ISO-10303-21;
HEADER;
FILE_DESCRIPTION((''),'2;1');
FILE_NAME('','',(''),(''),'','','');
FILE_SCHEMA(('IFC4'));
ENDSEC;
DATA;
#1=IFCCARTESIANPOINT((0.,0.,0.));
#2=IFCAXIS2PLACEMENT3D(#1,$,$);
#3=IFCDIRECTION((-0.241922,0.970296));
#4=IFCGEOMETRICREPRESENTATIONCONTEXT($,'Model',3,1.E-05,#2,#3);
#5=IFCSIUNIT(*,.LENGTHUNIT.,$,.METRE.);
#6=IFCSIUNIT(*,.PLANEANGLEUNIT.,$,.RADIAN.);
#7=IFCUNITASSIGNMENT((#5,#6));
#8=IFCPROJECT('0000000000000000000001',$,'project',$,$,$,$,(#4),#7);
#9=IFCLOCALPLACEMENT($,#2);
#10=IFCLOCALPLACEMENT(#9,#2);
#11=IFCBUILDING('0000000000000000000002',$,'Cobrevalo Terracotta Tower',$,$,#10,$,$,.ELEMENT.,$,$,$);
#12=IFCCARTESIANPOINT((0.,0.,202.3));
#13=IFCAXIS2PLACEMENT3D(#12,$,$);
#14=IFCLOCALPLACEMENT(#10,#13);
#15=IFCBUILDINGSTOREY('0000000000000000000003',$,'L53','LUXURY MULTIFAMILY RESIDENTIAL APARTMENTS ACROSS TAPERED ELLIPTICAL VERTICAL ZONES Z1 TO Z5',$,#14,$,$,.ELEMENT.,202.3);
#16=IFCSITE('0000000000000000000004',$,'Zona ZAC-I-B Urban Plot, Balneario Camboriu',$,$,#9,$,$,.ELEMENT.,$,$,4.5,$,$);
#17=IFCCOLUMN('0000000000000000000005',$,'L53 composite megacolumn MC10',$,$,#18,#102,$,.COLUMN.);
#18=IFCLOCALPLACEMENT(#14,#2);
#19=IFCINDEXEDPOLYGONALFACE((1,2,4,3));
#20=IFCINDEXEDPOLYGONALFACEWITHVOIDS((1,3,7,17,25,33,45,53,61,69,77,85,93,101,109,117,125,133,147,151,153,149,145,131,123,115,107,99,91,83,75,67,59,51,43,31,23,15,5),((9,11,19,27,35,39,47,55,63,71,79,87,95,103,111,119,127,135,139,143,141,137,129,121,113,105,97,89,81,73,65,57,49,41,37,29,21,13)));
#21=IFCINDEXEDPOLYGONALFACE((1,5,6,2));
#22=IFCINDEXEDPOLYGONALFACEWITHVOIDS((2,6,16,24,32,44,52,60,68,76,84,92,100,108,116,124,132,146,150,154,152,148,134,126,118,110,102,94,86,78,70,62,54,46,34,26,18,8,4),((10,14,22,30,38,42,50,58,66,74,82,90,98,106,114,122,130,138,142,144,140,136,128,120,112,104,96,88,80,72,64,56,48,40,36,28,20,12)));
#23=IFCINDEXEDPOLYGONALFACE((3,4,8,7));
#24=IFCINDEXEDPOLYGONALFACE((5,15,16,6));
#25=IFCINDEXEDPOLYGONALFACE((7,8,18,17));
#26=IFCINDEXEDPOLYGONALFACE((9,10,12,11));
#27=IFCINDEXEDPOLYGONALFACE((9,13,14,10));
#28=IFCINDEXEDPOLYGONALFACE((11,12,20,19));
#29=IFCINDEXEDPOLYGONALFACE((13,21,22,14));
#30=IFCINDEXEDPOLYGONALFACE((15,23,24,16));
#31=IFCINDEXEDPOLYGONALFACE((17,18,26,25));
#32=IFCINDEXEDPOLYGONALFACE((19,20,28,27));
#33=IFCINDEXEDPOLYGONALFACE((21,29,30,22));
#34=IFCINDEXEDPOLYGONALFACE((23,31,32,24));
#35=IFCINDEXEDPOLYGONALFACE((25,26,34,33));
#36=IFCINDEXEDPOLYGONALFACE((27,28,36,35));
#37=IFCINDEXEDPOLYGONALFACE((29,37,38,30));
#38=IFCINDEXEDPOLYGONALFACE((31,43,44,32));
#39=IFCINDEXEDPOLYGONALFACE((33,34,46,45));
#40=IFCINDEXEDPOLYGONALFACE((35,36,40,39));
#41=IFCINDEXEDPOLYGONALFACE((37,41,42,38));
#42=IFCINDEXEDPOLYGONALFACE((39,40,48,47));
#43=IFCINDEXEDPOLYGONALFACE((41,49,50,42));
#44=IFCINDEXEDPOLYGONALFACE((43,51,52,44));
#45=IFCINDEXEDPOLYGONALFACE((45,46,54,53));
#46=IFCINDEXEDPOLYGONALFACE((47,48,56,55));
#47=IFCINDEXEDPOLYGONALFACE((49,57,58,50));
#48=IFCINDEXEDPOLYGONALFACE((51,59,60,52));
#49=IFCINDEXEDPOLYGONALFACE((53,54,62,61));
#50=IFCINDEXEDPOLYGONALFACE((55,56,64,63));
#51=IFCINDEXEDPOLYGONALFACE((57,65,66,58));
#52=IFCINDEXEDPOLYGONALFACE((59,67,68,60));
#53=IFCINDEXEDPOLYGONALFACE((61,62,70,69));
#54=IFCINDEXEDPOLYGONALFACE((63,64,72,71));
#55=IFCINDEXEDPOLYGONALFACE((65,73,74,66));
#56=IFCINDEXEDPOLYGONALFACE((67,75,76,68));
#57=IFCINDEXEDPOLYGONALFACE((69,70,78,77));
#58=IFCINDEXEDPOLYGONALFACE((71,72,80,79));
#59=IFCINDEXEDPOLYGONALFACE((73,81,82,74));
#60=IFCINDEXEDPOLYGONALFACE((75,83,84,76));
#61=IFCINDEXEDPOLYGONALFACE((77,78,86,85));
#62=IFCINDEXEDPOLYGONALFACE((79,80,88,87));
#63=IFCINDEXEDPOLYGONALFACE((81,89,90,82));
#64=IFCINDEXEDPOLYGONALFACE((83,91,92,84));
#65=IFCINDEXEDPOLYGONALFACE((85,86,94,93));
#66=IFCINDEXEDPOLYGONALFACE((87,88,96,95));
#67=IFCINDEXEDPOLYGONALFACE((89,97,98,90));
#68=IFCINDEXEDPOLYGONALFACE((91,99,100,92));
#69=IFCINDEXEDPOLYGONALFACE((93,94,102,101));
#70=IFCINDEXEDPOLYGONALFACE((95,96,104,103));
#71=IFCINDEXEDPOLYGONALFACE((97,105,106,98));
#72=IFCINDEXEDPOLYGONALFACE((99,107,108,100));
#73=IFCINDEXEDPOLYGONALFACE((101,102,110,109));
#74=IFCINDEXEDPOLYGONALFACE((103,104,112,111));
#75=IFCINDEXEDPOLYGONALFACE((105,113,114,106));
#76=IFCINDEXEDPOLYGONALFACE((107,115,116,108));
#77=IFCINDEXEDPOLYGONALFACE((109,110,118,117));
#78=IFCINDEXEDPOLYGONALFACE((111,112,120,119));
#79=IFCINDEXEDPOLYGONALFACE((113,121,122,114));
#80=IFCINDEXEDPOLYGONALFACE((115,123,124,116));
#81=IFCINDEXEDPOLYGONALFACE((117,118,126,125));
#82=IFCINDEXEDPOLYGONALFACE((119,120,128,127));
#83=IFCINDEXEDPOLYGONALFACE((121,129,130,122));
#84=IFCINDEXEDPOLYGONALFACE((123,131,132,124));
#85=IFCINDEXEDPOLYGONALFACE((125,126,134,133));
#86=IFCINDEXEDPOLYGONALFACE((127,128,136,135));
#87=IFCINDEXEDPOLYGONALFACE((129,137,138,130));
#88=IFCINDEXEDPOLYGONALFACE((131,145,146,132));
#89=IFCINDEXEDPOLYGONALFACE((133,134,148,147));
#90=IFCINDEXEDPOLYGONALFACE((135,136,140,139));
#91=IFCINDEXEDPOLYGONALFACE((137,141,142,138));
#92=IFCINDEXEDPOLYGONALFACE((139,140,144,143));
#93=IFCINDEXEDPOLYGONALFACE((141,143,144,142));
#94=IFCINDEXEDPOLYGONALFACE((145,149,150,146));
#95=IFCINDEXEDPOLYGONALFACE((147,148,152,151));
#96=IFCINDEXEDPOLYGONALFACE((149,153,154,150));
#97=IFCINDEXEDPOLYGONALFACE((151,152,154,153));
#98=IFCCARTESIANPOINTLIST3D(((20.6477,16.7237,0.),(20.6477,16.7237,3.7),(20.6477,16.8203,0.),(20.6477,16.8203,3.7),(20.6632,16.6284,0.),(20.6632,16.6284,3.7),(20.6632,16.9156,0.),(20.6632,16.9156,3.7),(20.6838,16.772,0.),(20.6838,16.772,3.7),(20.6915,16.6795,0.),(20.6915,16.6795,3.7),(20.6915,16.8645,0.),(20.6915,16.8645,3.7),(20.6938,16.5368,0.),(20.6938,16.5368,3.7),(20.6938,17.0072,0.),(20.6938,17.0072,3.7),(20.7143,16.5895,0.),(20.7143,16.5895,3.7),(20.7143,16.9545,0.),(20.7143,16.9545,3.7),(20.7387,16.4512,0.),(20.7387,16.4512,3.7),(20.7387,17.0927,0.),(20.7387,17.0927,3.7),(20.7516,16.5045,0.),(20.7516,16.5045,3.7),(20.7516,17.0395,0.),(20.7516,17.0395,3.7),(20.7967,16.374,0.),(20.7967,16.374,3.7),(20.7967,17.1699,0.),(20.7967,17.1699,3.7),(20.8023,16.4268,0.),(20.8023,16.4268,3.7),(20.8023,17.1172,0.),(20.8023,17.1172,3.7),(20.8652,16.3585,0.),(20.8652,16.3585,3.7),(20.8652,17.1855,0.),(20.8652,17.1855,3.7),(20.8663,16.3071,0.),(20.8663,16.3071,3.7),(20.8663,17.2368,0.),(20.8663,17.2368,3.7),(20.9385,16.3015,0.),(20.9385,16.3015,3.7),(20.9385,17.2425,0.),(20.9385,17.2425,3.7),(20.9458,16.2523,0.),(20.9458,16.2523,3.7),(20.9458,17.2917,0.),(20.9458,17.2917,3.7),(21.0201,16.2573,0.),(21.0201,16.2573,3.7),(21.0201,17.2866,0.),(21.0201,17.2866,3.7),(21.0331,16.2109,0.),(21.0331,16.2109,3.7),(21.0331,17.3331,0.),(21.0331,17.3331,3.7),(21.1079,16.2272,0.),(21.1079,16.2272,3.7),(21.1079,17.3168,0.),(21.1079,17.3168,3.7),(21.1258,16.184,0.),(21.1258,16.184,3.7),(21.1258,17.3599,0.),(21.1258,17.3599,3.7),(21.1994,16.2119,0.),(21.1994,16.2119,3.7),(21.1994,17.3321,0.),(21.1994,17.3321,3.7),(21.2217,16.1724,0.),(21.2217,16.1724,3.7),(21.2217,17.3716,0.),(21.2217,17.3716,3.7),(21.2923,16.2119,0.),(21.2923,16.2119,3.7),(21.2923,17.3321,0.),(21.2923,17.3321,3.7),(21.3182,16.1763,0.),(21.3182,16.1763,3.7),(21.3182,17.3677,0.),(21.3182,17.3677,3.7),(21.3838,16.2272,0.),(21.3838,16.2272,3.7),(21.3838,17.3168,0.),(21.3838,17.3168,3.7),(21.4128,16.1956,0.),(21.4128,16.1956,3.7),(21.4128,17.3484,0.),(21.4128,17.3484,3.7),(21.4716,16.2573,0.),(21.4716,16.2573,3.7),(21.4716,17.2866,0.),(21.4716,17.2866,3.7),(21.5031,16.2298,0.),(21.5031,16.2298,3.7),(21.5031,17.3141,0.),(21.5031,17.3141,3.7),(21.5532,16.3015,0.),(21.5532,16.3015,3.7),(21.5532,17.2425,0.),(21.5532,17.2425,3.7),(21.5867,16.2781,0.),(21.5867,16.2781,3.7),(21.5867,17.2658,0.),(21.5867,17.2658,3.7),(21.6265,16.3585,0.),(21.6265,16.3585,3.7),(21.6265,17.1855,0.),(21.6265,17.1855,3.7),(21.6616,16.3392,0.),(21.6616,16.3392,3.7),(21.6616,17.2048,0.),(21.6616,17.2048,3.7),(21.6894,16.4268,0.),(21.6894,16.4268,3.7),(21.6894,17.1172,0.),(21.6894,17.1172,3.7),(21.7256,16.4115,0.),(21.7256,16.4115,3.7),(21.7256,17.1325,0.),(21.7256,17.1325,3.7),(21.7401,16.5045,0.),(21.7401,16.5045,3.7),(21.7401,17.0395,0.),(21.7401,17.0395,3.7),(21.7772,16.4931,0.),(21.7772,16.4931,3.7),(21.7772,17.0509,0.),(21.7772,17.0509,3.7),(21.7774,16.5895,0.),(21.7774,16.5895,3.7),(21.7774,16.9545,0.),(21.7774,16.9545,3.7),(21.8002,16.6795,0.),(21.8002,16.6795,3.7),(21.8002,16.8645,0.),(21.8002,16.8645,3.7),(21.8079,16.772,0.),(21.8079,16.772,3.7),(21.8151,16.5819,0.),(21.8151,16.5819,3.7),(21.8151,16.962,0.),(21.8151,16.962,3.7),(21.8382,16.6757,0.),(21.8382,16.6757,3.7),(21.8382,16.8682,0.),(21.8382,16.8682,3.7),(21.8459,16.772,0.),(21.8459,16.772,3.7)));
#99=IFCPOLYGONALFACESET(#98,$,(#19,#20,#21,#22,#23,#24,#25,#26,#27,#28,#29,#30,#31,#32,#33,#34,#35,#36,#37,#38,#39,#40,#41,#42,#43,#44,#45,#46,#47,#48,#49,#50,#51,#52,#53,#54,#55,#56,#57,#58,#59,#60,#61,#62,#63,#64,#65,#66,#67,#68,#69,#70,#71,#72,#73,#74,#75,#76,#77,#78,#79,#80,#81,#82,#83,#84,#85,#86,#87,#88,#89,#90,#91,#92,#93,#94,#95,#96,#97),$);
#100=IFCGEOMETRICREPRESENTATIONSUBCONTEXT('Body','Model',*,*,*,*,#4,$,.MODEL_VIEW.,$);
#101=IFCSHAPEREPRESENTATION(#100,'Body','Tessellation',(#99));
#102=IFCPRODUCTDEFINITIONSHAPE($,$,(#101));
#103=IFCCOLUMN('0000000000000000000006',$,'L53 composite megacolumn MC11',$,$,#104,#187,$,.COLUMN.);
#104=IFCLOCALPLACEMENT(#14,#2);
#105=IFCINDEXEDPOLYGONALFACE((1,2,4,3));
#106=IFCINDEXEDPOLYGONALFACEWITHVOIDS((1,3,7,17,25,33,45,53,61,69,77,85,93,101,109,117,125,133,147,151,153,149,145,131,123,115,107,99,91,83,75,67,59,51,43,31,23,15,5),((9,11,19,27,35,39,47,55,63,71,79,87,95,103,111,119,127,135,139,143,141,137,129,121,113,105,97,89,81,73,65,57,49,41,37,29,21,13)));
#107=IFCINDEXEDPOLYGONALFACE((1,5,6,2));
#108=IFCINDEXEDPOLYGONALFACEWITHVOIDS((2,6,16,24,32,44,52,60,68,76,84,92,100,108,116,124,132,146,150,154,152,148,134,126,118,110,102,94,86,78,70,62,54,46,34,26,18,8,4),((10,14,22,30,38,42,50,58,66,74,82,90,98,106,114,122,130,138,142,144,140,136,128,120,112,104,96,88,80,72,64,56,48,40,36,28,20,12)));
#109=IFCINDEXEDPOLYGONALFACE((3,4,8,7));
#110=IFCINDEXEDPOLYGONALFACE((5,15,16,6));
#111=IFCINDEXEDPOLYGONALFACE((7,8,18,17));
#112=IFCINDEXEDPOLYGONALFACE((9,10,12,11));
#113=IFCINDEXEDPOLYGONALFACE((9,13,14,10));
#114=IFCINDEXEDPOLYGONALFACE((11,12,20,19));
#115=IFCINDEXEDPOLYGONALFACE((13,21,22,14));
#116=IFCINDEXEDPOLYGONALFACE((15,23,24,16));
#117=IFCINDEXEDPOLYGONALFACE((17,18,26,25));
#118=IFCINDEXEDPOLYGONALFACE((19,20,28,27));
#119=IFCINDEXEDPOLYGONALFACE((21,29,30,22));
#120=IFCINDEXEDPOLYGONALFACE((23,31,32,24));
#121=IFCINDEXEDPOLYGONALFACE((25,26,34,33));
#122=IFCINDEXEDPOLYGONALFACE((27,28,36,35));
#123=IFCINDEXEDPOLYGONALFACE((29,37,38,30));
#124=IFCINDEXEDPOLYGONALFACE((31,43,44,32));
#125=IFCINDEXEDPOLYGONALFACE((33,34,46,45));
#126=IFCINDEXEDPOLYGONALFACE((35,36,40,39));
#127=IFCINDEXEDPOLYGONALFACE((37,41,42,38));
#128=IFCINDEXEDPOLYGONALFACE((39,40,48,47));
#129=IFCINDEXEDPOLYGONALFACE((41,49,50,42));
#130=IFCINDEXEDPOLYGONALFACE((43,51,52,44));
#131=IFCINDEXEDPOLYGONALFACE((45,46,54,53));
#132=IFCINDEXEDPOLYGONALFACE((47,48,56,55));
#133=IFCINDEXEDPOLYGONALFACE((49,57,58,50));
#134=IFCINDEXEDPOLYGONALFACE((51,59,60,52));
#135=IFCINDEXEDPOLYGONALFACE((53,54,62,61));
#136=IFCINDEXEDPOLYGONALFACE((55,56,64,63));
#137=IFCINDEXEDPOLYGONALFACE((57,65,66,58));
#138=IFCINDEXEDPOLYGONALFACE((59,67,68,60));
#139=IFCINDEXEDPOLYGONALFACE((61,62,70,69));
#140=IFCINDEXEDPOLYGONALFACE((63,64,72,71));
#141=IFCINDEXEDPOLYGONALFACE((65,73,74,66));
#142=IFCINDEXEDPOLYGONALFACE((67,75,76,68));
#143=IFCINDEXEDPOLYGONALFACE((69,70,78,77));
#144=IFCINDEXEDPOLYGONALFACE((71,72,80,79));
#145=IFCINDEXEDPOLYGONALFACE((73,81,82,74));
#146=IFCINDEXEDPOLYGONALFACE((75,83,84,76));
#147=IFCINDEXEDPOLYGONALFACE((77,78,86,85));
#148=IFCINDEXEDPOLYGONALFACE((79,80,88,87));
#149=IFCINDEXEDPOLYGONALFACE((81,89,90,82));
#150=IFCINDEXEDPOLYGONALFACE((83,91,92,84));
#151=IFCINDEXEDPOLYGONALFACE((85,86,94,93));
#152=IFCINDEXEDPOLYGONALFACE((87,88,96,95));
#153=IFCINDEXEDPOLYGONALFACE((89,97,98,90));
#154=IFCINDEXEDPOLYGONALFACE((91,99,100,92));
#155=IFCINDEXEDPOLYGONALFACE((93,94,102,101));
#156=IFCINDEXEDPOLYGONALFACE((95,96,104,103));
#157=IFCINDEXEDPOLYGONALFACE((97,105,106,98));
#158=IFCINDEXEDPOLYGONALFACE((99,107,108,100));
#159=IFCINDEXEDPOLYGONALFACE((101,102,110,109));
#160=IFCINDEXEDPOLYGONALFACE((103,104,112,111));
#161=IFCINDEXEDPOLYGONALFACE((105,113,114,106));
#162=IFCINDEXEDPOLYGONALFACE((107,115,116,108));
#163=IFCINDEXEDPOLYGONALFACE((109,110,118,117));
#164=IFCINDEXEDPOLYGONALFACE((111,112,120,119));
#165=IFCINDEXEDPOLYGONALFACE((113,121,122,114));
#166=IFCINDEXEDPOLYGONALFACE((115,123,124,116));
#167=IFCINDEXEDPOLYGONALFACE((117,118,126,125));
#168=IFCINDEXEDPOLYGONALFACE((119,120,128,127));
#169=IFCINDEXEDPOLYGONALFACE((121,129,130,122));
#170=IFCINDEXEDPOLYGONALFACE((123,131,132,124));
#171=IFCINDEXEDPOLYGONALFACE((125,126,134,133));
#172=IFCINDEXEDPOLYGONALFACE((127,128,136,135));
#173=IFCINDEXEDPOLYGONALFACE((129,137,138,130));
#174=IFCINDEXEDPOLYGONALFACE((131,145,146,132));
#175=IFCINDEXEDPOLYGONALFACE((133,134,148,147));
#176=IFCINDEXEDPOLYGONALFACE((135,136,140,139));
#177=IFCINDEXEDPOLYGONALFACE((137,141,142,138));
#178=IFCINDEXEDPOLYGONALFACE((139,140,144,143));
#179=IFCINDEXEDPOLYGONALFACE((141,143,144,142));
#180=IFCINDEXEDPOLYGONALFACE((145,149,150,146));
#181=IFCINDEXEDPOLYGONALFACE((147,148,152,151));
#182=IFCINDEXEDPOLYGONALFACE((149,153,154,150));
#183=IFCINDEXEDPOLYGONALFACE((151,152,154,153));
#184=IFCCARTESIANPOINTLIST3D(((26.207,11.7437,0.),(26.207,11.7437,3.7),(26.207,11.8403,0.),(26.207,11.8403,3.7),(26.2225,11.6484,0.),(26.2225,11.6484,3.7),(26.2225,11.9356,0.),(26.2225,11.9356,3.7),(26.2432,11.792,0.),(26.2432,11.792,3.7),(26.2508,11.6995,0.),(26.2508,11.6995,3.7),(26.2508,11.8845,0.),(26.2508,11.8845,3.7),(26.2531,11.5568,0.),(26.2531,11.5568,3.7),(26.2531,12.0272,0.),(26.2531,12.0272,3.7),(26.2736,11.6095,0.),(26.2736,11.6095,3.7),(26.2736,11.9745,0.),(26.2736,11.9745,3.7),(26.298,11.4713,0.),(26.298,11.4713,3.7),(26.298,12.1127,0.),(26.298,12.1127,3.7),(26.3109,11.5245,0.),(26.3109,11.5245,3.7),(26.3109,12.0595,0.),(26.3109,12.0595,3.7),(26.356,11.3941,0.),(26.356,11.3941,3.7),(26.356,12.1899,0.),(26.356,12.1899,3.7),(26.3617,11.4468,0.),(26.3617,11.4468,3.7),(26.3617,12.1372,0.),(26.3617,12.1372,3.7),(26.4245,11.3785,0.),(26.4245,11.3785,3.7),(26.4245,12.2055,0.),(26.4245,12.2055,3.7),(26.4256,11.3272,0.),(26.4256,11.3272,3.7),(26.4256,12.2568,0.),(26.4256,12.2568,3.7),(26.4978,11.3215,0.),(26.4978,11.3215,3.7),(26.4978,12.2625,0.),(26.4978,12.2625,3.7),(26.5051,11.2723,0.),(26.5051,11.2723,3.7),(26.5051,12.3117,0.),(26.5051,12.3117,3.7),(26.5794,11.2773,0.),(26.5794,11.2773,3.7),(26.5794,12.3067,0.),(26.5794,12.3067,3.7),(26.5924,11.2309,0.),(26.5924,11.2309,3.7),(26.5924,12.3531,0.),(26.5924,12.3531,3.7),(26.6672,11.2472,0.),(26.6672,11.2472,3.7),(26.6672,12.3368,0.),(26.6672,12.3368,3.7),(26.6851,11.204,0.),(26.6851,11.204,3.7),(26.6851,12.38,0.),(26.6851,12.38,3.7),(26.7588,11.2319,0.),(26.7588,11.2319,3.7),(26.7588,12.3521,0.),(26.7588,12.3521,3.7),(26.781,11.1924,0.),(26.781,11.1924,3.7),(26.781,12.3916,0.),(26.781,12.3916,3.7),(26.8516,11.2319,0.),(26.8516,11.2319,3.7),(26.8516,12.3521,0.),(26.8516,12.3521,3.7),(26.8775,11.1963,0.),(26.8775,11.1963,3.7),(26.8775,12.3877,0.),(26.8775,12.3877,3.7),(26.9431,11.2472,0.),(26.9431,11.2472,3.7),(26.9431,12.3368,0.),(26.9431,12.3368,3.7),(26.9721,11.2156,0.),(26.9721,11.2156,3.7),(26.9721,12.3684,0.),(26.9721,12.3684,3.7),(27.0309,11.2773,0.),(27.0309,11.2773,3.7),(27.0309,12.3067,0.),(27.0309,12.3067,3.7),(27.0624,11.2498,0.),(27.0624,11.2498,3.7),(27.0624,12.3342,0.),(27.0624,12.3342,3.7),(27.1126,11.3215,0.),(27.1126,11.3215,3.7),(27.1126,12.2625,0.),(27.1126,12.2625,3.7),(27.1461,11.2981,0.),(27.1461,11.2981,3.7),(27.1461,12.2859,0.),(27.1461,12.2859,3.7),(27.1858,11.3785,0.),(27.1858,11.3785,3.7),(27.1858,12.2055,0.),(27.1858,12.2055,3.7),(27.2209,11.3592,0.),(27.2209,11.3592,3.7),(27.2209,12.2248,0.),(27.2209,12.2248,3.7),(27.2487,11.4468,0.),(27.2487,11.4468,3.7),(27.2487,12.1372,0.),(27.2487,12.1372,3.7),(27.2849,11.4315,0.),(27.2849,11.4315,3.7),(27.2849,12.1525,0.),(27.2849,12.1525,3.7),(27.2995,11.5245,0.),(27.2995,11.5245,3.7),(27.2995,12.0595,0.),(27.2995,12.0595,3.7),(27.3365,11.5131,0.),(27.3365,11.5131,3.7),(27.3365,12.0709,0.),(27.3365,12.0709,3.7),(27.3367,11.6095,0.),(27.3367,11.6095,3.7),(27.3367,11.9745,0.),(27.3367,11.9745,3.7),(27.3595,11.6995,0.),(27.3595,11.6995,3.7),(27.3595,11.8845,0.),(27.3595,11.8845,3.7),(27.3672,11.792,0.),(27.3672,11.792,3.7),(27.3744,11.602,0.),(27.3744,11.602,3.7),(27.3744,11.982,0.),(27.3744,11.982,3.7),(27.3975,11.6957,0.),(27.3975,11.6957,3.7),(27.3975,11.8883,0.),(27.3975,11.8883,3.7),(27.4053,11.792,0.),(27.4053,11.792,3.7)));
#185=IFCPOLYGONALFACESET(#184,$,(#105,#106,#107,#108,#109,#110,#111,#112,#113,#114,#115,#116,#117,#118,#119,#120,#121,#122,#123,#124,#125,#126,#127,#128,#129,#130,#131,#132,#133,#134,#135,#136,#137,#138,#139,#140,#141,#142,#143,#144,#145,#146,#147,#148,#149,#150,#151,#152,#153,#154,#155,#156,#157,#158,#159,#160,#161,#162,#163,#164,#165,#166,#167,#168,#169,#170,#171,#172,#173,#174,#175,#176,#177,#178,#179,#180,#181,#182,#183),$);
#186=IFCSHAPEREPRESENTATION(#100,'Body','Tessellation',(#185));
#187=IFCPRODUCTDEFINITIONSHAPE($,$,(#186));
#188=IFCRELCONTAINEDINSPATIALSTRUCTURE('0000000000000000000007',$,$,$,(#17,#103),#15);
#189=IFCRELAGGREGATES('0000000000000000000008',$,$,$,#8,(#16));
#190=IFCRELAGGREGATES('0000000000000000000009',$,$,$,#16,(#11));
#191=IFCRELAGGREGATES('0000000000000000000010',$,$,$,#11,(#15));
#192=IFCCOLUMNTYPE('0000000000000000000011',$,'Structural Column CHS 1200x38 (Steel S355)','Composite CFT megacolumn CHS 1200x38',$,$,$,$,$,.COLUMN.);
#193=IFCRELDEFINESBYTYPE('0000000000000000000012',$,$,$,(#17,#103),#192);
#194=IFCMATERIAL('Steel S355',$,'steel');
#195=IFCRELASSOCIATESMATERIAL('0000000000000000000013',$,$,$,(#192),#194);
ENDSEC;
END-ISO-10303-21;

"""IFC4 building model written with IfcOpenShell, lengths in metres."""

from ifc_helpers import new_model, si_unit, direction, frame, origin, origin_2d, place, context, subcontext, project, spatial, hollow_circle, extrude, material, material_profile, profile_set, type_object, element, save


model = new_model("IFC4")

# Units and contexts
model_context = context("Model", 3, precision=1e-05, world=origin(), true_north=direction((-0.241922, 0.970296)))
body_context = subcontext(model_context, "Body", "Model", "MODEL_VIEW")
ifc_project = project(units=[si_unit("LENGTHUNIT", "METRE"), si_unit("PLANEANGLEUNIT", "RADIAN")], contexts=[model_context])

# Site, building, storey
site_placement = place(None, origin())
site = spatial("IfcSite", under=ifc_project, at=site_placement, Name="Zona ZAC-I-B Urban Plot, Balneario Camboriu", CompositionType="ELEMENT", RefElevation=4.5)
building_placement = place(site_placement, origin())
building = spatial("IfcBuilding", under=site, at=building_placement, Name="Cobrevalo Terracotta Tower", CompositionType="ELEMENT")
storey_placement = place(building_placement, frame((0.0, 0.0, 202.3)))
storey = spatial("IfcBuildingStorey", under=building, at=storey_placement, Name="L53", Description="LUXURY MULTIFAMILY RESIDENTIAL APARTMENTS ACROSS TAPERED ELLIPTICAL VERTICAL ZONES Z1 TO Z5", CompositionType="ELEMENT", Elevation=202.3)

# Columns
ifc_material_1 = material(Name="Steel S355", Category="steel")
ifc_material_profile_1 = material_profile(ifc_material_1, hollow_circle(Radius=0.6001, WallThickness=0.0381, at=origin_2d()), Name="CHS 1200x38")
ifc_profile_set_1 = profile_set([ifc_material_profile_1], Name="Steel S355")
column_type = type_object("IfcColumnType", Name="Structural Column CHS 1200x38 (Steel S355)", Description="Composite CFT megacolumn CHS 1200x38", PredefinedType="COLUMN", material=ifc_profile_set_1)
for number, where, z_axis, x_axis, name in (
    (1, (21.2458, 16.772, 0.0), (0.0, 0.0, 1.0), (1.0, 0.0, 0.0), "L53 composite megacolumn MC10"),
    (2, (26.8052, 11.792, 0.0), (0.0, 0.0, 1.0), (1.0, 0.0, 0.0), "L53 composite megacolumn MC11"),
):
    element("IfcColumn", number, at=place(storey_placement, frame(where, z_axis=z_axis, x_axis=x_axis)), inside=storey, type_object=column_type, Name=name, PredefinedType="COLUMN", context=body_context, shape_type="SweptSolid", body=[
        extrude(hollow_circle(Radius=0.6001, WallThickness=0.0381, at=origin_2d()), origin(), (0.0, 0.0, 1.0), 3.7),
    ])

save(model, "model.ifc")
